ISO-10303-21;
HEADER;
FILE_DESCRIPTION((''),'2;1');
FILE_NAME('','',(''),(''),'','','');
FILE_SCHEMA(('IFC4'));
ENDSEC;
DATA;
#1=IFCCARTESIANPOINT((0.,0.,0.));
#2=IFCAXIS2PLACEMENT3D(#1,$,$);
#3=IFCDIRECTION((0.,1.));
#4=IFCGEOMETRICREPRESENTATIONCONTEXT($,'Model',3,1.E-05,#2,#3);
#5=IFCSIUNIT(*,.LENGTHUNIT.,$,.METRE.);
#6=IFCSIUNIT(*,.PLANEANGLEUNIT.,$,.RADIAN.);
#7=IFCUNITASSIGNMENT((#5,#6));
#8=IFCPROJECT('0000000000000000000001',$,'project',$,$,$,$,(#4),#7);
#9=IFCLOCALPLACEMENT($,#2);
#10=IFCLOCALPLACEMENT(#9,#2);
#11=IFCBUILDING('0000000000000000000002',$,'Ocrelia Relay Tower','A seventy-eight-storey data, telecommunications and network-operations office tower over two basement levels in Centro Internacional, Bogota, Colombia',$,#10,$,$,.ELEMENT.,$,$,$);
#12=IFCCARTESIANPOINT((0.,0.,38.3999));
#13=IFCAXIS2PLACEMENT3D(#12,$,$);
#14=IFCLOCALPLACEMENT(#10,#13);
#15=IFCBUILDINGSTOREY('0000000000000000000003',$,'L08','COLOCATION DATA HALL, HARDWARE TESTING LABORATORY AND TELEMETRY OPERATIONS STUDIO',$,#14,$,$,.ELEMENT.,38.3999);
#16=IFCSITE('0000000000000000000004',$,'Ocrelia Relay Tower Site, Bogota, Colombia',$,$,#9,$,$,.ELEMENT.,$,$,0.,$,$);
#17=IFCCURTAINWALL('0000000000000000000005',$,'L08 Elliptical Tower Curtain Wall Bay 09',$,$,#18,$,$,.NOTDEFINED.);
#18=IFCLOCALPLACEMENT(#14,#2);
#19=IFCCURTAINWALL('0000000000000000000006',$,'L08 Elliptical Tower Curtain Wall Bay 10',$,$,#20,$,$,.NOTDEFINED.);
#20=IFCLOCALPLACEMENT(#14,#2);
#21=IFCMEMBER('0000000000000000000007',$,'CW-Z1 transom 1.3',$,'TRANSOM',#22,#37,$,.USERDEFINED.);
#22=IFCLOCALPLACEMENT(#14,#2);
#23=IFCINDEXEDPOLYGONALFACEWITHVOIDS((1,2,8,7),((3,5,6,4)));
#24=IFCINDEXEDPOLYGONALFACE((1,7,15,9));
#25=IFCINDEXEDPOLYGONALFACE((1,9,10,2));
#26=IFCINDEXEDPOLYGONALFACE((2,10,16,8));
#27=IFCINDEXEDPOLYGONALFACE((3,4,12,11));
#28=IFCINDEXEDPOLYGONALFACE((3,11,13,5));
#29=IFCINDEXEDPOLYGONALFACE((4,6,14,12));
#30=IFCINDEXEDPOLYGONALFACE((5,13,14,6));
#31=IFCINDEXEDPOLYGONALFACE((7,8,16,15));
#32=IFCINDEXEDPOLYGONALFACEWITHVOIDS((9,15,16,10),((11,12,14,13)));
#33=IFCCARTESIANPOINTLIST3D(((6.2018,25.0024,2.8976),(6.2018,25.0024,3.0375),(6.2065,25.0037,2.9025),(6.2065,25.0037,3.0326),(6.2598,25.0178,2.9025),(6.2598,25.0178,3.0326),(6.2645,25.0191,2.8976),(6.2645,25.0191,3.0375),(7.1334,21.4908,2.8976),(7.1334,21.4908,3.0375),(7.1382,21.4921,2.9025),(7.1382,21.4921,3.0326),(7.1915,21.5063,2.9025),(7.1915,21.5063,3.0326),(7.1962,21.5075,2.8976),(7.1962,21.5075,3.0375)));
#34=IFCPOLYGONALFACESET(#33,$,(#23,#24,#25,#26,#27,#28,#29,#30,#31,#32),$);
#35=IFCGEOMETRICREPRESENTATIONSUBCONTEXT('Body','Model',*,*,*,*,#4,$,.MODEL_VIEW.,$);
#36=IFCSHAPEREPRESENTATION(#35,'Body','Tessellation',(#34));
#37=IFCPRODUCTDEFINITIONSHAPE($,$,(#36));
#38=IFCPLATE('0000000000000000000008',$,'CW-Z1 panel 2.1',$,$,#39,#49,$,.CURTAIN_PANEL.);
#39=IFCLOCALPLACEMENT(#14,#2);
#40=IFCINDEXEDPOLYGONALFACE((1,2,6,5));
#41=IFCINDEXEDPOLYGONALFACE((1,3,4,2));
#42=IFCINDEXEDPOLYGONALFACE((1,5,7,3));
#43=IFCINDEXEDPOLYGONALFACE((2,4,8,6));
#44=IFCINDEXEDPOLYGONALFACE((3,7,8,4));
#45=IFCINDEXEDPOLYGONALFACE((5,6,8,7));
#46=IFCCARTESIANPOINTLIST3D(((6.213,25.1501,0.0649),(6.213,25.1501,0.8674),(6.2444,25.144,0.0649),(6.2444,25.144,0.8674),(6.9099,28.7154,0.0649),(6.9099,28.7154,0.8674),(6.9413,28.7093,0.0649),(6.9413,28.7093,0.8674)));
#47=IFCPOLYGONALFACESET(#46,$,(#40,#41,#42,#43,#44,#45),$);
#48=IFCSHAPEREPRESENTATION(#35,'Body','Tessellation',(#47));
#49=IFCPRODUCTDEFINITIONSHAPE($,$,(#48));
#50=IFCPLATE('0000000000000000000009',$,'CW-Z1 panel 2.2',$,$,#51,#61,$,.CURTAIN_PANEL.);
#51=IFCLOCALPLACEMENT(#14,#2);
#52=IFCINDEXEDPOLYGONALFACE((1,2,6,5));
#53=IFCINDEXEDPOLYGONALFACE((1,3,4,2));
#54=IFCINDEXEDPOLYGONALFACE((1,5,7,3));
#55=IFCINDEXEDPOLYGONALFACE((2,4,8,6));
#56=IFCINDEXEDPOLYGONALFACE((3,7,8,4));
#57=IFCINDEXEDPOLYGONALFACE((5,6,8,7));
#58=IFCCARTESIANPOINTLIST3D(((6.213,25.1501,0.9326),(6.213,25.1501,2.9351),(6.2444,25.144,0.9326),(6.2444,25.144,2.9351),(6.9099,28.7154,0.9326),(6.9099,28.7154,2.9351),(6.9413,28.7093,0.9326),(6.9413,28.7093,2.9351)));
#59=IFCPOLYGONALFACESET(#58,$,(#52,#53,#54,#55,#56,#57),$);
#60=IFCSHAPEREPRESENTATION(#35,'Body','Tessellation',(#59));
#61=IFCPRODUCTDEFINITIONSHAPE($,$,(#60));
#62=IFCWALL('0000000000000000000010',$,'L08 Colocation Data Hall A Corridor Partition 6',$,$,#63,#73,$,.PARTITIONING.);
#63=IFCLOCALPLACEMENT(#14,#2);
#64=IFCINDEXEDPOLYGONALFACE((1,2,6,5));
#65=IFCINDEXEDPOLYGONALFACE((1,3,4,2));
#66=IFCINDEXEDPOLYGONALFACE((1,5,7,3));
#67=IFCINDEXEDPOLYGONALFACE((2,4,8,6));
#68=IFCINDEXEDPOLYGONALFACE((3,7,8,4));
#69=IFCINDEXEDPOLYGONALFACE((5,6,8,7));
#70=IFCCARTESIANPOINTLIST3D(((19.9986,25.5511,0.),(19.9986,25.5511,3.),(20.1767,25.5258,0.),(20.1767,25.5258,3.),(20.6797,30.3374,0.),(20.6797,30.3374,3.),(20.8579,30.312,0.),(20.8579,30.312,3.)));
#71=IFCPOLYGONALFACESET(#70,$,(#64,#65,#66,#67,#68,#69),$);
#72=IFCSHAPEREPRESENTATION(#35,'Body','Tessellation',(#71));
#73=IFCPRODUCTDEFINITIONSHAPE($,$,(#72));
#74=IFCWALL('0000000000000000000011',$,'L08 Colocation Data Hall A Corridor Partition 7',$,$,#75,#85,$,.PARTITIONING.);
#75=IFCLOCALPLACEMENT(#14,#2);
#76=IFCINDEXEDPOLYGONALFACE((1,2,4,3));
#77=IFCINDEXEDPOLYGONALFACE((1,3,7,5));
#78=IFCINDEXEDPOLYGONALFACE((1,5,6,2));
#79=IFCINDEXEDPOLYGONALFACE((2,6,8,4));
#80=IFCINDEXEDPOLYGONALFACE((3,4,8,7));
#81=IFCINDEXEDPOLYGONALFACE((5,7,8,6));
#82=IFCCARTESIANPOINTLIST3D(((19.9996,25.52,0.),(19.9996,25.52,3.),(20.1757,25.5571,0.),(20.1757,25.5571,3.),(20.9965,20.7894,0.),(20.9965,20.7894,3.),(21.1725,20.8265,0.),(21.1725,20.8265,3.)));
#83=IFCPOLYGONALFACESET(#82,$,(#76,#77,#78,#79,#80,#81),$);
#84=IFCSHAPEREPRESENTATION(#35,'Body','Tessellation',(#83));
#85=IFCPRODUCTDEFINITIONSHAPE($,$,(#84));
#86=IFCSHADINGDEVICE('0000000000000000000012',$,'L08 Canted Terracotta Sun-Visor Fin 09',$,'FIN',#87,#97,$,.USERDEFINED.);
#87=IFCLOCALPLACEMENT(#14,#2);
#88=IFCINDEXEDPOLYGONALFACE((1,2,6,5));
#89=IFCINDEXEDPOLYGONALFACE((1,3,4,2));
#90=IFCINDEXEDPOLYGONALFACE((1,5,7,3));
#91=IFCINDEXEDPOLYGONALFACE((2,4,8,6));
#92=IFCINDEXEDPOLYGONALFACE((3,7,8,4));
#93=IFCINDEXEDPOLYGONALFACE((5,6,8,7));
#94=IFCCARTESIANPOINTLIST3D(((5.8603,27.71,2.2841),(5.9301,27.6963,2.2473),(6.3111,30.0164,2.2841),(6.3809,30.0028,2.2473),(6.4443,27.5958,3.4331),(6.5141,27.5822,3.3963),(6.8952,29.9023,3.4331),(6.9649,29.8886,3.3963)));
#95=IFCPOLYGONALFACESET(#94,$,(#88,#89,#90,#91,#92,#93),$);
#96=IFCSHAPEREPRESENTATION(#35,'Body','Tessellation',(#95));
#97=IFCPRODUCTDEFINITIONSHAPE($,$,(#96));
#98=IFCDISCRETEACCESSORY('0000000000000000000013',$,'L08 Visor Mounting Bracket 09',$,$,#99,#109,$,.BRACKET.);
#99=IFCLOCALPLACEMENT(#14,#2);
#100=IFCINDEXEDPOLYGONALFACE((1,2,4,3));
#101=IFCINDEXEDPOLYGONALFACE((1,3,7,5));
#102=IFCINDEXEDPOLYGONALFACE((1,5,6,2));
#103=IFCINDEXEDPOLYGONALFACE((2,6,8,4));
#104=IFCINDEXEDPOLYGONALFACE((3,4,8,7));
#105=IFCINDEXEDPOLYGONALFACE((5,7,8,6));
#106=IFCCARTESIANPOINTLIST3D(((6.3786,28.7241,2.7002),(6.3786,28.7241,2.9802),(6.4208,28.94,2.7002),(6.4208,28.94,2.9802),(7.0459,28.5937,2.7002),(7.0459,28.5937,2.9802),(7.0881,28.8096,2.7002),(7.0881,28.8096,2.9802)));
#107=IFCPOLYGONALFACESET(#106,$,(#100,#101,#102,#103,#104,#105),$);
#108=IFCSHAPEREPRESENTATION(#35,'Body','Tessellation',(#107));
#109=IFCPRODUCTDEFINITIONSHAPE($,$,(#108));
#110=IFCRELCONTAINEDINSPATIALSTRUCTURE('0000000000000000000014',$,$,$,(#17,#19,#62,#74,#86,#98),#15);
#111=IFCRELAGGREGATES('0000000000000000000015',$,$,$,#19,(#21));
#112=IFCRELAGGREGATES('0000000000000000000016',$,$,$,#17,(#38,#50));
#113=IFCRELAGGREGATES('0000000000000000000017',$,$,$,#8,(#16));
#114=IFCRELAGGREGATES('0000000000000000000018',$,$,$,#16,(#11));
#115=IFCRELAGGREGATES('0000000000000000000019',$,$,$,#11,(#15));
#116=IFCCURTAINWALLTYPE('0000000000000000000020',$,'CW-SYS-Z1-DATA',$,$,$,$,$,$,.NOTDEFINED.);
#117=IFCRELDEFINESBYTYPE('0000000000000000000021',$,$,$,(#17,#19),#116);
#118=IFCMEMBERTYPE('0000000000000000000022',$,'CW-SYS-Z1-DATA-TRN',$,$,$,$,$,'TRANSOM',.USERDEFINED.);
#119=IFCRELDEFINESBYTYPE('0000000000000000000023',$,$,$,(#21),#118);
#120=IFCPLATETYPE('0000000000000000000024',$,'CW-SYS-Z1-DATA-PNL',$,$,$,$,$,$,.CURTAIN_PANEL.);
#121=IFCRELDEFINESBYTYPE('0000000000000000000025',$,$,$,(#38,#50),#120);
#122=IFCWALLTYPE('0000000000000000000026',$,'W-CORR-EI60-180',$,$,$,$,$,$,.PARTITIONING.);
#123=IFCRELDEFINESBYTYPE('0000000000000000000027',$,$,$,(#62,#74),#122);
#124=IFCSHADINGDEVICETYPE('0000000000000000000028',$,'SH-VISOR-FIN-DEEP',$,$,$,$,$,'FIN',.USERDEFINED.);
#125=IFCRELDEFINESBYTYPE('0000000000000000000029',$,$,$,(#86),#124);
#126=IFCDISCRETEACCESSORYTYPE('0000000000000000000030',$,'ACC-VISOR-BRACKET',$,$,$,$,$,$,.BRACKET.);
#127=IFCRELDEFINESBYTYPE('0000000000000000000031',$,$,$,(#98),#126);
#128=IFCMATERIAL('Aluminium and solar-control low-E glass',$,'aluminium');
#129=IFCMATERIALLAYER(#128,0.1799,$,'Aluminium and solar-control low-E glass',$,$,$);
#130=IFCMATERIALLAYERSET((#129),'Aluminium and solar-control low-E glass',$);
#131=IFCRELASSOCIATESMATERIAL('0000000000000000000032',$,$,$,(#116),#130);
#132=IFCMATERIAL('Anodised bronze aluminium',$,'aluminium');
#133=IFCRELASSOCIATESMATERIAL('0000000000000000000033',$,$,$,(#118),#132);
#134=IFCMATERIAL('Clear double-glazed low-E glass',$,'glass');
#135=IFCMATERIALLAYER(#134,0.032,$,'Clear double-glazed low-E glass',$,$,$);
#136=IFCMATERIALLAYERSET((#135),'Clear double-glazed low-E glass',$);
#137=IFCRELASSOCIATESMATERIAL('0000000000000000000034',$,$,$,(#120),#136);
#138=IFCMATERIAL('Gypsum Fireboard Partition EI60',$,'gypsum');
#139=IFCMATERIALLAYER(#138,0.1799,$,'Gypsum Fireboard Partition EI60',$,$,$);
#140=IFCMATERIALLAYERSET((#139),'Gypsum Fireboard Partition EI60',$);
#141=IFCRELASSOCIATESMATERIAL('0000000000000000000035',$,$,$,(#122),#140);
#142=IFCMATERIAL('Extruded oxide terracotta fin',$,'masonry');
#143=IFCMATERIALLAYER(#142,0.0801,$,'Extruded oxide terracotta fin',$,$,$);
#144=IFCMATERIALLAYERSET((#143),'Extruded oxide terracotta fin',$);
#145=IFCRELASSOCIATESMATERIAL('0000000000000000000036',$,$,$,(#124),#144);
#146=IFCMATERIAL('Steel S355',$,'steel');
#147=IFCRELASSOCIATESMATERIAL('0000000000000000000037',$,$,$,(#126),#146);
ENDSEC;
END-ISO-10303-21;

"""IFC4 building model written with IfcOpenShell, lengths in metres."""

from ifc_helpers import new_model, si_unit, direction, frame, frame_2d, origin, origin_2d, place, context, subcontext, project, spatial, rectangle, hollow_rectangle, extrude, material, layer, layer_set, material_profile, profile_set, type_object, element, aggregate, save


model = new_model("IFC4")

# Units and contexts
model_context = context("Model", 3, precision=1e-05, world=origin(), true_north=direction((0.0, 1.0)))
body_context = subcontext(model_context, "Body", "Model", "MODEL_VIEW")
ifc_project = project(units=[si_unit("LENGTHUNIT", "METRE"), si_unit("PLANEANGLEUNIT", "RADIAN")], contexts=[model_context])

# Site, building, storey
site_placement = place(None, origin())
site = spatial("IfcSite", under=ifc_project, at=site_placement, Name="Ocrelia Relay Tower Site, Bogota, Colombia", CompositionType="ELEMENT", RefElevation=0.0)
building_placement = place(site_placement, origin())
building = spatial("IfcBuilding", under=site, at=building_placement, Name="Ocrelia Relay Tower", Description="A seventy-eight-storey data, telecommunications and network-operations office tower over two basement levels in Centro Internacional, Bogota, Colombia", CompositionType="ELEMENT")
storey_placement = place(building_placement, frame((0.0, 0.0, 38.3999)))
storey = spatial("IfcBuildingStorey", under=building, at=storey_placement, Name="L08", Description="COLOCATION DATA HALL, HARDWARE TESTING LABORATORY AND TELEMETRY OPERATIONS STUDIO", CompositionType="ELEMENT", Elevation=38.3999)

# Shared definitions
ifc_material_1 = material(Name="Steel S355", Category="steel")

# Curtain wall
ifc_material_2 = material(Name="Aluminium and solar-control low-E glass", Category="aluminium")
ifc_layer_1 = layer(ifc_material_2, 0.1799, Name="Aluminium and solar-control low-E glass")
ifc_layer_set_1 = layer_set([ifc_layer_1], Name="Aluminium and solar-control low-E glass")
curtain_wall_type = type_object("IfcCurtainWallType", Name="CW-SYS-Z1-DATA", PredefinedType="NOTDEFINED", material=ifc_layer_set_1)
curtain_wall_1_placement = place(storey_placement, origin())
curtain_wall_1 = element("IfcCurtainWall", 1, at=curtain_wall_1_placement, inside=storey, type_object=curtain_wall_type, Name="L08 Elliptical Tower Curtain Wall Bay 09", PredefinedType="NOTDEFINED")
ifc_material_3 = material(Name="Anodised bronze aluminium", Category="aluminium")

# Curtain wall
curtain_wall_2_placement = place(storey_placement, origin())
curtain_wall_2 = element("IfcCurtainWall", 2, at=curtain_wall_2_placement, inside=storey, type_object=curtain_wall_type, Name="L08 Elliptical Tower Curtain Wall Bay 10", PredefinedType="NOTDEFINED")

# Member
ifc_material_profile_1 = material_profile(ifc_material_3, hollow_rectangle(XDim=0.0649, YDim=0.1399, WallThickness=0.0049, at=origin_2d()), Name="CW-TRN-140x65")
ifc_profile_set_1 = profile_set([ifc_material_profile_1], Name="Anodised bronze aluminium")
member_type_1 = type_object("IfcMemberType", Name="CW-SYS-Z1-DATA-TRN", ElementType="TRANSOM", PredefinedType="USERDEFINED", material=ifc_profile_set_1)
member_1_placement = place(storey_placement, frame((6.2332, 25.0107, 2.9675), z_axis=(0.256441, -0.96656, 0.0), x_axis=(0.96656, 0.256441, 0.0)))
member_1 = element("IfcMember", 3, at=member_1_placement, type_object=member_type_1, Name="CW-Z1 transom 1.3", ObjectType="TRANSOM", PredefinedType="USERDEFINED", context=body_context, shape_type="SweptSolid", body=[
    extrude(hollow_rectangle(XDim=0.0649, YDim=0.1399, WallThickness=0.0049, at=origin_2d()), origin(), (0.0, 0.0, 1.0), 3.6331),
])
aggregate(curtain_wall_2, [member_1])

# Plates
ifc_material_4 = material(Name="Clear double-glazed low-E glass", Category="glass")
ifc_layer_2 = layer(ifc_material_4, 0.032, Name="Clear double-glazed low-E glass")
ifc_layer_set_2 = layer_set([ifc_layer_2], Name="Clear double-glazed low-E glass")
plate_type = type_object("IfcPlateType", Name="CW-SYS-Z1-DATA-PNL", PredefinedType="CURTAIN_PANEL", material=ifc_layer_set_2)
plate_1_placement = place(storey_placement, frame((6.5771, 26.9297, 0.0649), z_axis=(0.0, 0.0, 1.0), x_axis=(-0.191841, -0.981426, 0.0)))
plate_1 = element("IfcPlate", 4, at=plate_1_placement, type_object=plate_type, Name="CW-Z1 panel 2.1", PredefinedType="CURTAIN_PANEL", context=body_context, shape_type="SweptSolid", body=[
    extrude(rectangle(XDim=3.6328, YDim=0.032, at=origin_2d()), origin(), (0.0, 0.0, 1.0), 0.8025),
])
plate_2_placement = place(storey_placement, frame((6.5771, 26.9297, 0.9326), z_axis=(0.0, 0.0, 1.0), x_axis=(-0.191841, -0.981426, 0.0)))
plate_2 = element("IfcPlate", 5, at=plate_2_placement, type_object=plate_type, Name="CW-Z1 panel 2.2", PredefinedType="CURTAIN_PANEL", context=body_context, shape_type="SweptSolid", body=[
    extrude(rectangle(XDim=3.6328, YDim=0.032, at=origin_2d()), origin(), (0.0, 0.0, 1.0), 2.0024),
])
aggregate(curtain_wall_1, [plate_1, plate_2])

# Walls
ifc_material_5 = material(Name="Gypsum Fireboard Partition EI60", Category="gypsum")
ifc_layer_3 = layer(ifc_material_5, 0.1799, Name="Gypsum Fireboard Partition EI60")
ifc_layer_set_3 = layer_set([ifc_layer_3], Name="Gypsum Fireboard Partition EI60")
wall_type = type_object("IfcWallType", Name="W-CORR-EI60-180", PredefinedType="PARTITIONING", material=ifc_layer_set_3)
for number, where, z_axis, x_axis, name in (
    (6, (20.7688, 30.3247, 0.0), (0.0, 0.0, 1.0), (-0.140898, -0.990024, 0.0), "L08 Colocation Data Hall A Corridor Partition 6"),
    (7, (20.0876, 25.5386, 0.0), (0.0, 0.0, 1.0), (0.206196, -0.978511, 0.0), "L08 Colocation Data Hall A Corridor Partition 7"),
):
    element("IfcWall", number, at=place(storey_placement, frame(where, z_axis=z_axis, x_axis=x_axis)), inside=storey, type_object=wall_type, Name=name, PredefinedType="PARTITIONING", context=body_context, shape_type="SweptSolid", body=[
        extrude(rectangle(XDim=4.8345, YDim=0.1799, at=frame_2d((2.4172, 0.0))), origin(), (0.0, 0.0, 1.0), 3.0),
    ])

# Shading device
ifc_material_6 = material(Name="Extruded oxide terracotta fin", Category="masonry")
ifc_layer_4 = layer(ifc_material_6, 0.0801, Name="Extruded oxide terracotta fin")
ifc_layer_set_4 = layer_set([ifc_layer_4], Name="Extruded oxide terracotta fin")
shading_device_type = type_object("IfcShadingDeviceType", Name="SH-VISOR-FIN-DEEP", ElementType="FIN", PredefinedType="USERDEFINED", material=ifc_layer_set_4)
shading_device_placement = place(storey_placement, frame((6.4475, 28.7925, 2.8218), z_axis=(-0.871483, 0.17035, 0.45989), x_axis=(-0.191841, -0.981426, 0.0)))
element("IfcShadingDevice", 8, at=shading_device_placement, inside=storey, type_object=shading_device_type, Name="L08 Canted Terracotta Sun-Visor Fin 09", ObjectType="FIN", PredefinedType="USERDEFINED", context=body_context, shape_type="SweptSolid", body=[
    extrude(rectangle(XDim=2.3501, YDim=1.2939, at=origin_2d()), origin(), (0.0, 0.0, 1.0), 0.0801),
])

# Discrete accessory
discrete_accessory_type = type_object("IfcDiscreteAccessoryType", Name="ACC-VISOR-BRACKET", PredefinedType="BRACKET", material=ifc_material_1)
discrete_accessory_placement = place(storey_placement, frame((6.7334, 28.7668, 2.7002), z_axis=(0.0, 0.0, 1.0), x_axis=(-0.191841, -0.981426, 0.0)))
element("IfcDiscreteAccessory", 9, at=discrete_accessory_placement, inside=storey, type_object=discrete_accessory_type, Name="L08 Visor Mounting Bracket 09", PredefinedType="BRACKET", context=body_context, shape_type="SweptSolid", body=[
    extrude(rectangle(XDim=0.22, YDim=0.6799, at=origin_2d()), origin(), (0.0, 0.0, 1.0), 0.28),
])

save(model, "model.ifc")
